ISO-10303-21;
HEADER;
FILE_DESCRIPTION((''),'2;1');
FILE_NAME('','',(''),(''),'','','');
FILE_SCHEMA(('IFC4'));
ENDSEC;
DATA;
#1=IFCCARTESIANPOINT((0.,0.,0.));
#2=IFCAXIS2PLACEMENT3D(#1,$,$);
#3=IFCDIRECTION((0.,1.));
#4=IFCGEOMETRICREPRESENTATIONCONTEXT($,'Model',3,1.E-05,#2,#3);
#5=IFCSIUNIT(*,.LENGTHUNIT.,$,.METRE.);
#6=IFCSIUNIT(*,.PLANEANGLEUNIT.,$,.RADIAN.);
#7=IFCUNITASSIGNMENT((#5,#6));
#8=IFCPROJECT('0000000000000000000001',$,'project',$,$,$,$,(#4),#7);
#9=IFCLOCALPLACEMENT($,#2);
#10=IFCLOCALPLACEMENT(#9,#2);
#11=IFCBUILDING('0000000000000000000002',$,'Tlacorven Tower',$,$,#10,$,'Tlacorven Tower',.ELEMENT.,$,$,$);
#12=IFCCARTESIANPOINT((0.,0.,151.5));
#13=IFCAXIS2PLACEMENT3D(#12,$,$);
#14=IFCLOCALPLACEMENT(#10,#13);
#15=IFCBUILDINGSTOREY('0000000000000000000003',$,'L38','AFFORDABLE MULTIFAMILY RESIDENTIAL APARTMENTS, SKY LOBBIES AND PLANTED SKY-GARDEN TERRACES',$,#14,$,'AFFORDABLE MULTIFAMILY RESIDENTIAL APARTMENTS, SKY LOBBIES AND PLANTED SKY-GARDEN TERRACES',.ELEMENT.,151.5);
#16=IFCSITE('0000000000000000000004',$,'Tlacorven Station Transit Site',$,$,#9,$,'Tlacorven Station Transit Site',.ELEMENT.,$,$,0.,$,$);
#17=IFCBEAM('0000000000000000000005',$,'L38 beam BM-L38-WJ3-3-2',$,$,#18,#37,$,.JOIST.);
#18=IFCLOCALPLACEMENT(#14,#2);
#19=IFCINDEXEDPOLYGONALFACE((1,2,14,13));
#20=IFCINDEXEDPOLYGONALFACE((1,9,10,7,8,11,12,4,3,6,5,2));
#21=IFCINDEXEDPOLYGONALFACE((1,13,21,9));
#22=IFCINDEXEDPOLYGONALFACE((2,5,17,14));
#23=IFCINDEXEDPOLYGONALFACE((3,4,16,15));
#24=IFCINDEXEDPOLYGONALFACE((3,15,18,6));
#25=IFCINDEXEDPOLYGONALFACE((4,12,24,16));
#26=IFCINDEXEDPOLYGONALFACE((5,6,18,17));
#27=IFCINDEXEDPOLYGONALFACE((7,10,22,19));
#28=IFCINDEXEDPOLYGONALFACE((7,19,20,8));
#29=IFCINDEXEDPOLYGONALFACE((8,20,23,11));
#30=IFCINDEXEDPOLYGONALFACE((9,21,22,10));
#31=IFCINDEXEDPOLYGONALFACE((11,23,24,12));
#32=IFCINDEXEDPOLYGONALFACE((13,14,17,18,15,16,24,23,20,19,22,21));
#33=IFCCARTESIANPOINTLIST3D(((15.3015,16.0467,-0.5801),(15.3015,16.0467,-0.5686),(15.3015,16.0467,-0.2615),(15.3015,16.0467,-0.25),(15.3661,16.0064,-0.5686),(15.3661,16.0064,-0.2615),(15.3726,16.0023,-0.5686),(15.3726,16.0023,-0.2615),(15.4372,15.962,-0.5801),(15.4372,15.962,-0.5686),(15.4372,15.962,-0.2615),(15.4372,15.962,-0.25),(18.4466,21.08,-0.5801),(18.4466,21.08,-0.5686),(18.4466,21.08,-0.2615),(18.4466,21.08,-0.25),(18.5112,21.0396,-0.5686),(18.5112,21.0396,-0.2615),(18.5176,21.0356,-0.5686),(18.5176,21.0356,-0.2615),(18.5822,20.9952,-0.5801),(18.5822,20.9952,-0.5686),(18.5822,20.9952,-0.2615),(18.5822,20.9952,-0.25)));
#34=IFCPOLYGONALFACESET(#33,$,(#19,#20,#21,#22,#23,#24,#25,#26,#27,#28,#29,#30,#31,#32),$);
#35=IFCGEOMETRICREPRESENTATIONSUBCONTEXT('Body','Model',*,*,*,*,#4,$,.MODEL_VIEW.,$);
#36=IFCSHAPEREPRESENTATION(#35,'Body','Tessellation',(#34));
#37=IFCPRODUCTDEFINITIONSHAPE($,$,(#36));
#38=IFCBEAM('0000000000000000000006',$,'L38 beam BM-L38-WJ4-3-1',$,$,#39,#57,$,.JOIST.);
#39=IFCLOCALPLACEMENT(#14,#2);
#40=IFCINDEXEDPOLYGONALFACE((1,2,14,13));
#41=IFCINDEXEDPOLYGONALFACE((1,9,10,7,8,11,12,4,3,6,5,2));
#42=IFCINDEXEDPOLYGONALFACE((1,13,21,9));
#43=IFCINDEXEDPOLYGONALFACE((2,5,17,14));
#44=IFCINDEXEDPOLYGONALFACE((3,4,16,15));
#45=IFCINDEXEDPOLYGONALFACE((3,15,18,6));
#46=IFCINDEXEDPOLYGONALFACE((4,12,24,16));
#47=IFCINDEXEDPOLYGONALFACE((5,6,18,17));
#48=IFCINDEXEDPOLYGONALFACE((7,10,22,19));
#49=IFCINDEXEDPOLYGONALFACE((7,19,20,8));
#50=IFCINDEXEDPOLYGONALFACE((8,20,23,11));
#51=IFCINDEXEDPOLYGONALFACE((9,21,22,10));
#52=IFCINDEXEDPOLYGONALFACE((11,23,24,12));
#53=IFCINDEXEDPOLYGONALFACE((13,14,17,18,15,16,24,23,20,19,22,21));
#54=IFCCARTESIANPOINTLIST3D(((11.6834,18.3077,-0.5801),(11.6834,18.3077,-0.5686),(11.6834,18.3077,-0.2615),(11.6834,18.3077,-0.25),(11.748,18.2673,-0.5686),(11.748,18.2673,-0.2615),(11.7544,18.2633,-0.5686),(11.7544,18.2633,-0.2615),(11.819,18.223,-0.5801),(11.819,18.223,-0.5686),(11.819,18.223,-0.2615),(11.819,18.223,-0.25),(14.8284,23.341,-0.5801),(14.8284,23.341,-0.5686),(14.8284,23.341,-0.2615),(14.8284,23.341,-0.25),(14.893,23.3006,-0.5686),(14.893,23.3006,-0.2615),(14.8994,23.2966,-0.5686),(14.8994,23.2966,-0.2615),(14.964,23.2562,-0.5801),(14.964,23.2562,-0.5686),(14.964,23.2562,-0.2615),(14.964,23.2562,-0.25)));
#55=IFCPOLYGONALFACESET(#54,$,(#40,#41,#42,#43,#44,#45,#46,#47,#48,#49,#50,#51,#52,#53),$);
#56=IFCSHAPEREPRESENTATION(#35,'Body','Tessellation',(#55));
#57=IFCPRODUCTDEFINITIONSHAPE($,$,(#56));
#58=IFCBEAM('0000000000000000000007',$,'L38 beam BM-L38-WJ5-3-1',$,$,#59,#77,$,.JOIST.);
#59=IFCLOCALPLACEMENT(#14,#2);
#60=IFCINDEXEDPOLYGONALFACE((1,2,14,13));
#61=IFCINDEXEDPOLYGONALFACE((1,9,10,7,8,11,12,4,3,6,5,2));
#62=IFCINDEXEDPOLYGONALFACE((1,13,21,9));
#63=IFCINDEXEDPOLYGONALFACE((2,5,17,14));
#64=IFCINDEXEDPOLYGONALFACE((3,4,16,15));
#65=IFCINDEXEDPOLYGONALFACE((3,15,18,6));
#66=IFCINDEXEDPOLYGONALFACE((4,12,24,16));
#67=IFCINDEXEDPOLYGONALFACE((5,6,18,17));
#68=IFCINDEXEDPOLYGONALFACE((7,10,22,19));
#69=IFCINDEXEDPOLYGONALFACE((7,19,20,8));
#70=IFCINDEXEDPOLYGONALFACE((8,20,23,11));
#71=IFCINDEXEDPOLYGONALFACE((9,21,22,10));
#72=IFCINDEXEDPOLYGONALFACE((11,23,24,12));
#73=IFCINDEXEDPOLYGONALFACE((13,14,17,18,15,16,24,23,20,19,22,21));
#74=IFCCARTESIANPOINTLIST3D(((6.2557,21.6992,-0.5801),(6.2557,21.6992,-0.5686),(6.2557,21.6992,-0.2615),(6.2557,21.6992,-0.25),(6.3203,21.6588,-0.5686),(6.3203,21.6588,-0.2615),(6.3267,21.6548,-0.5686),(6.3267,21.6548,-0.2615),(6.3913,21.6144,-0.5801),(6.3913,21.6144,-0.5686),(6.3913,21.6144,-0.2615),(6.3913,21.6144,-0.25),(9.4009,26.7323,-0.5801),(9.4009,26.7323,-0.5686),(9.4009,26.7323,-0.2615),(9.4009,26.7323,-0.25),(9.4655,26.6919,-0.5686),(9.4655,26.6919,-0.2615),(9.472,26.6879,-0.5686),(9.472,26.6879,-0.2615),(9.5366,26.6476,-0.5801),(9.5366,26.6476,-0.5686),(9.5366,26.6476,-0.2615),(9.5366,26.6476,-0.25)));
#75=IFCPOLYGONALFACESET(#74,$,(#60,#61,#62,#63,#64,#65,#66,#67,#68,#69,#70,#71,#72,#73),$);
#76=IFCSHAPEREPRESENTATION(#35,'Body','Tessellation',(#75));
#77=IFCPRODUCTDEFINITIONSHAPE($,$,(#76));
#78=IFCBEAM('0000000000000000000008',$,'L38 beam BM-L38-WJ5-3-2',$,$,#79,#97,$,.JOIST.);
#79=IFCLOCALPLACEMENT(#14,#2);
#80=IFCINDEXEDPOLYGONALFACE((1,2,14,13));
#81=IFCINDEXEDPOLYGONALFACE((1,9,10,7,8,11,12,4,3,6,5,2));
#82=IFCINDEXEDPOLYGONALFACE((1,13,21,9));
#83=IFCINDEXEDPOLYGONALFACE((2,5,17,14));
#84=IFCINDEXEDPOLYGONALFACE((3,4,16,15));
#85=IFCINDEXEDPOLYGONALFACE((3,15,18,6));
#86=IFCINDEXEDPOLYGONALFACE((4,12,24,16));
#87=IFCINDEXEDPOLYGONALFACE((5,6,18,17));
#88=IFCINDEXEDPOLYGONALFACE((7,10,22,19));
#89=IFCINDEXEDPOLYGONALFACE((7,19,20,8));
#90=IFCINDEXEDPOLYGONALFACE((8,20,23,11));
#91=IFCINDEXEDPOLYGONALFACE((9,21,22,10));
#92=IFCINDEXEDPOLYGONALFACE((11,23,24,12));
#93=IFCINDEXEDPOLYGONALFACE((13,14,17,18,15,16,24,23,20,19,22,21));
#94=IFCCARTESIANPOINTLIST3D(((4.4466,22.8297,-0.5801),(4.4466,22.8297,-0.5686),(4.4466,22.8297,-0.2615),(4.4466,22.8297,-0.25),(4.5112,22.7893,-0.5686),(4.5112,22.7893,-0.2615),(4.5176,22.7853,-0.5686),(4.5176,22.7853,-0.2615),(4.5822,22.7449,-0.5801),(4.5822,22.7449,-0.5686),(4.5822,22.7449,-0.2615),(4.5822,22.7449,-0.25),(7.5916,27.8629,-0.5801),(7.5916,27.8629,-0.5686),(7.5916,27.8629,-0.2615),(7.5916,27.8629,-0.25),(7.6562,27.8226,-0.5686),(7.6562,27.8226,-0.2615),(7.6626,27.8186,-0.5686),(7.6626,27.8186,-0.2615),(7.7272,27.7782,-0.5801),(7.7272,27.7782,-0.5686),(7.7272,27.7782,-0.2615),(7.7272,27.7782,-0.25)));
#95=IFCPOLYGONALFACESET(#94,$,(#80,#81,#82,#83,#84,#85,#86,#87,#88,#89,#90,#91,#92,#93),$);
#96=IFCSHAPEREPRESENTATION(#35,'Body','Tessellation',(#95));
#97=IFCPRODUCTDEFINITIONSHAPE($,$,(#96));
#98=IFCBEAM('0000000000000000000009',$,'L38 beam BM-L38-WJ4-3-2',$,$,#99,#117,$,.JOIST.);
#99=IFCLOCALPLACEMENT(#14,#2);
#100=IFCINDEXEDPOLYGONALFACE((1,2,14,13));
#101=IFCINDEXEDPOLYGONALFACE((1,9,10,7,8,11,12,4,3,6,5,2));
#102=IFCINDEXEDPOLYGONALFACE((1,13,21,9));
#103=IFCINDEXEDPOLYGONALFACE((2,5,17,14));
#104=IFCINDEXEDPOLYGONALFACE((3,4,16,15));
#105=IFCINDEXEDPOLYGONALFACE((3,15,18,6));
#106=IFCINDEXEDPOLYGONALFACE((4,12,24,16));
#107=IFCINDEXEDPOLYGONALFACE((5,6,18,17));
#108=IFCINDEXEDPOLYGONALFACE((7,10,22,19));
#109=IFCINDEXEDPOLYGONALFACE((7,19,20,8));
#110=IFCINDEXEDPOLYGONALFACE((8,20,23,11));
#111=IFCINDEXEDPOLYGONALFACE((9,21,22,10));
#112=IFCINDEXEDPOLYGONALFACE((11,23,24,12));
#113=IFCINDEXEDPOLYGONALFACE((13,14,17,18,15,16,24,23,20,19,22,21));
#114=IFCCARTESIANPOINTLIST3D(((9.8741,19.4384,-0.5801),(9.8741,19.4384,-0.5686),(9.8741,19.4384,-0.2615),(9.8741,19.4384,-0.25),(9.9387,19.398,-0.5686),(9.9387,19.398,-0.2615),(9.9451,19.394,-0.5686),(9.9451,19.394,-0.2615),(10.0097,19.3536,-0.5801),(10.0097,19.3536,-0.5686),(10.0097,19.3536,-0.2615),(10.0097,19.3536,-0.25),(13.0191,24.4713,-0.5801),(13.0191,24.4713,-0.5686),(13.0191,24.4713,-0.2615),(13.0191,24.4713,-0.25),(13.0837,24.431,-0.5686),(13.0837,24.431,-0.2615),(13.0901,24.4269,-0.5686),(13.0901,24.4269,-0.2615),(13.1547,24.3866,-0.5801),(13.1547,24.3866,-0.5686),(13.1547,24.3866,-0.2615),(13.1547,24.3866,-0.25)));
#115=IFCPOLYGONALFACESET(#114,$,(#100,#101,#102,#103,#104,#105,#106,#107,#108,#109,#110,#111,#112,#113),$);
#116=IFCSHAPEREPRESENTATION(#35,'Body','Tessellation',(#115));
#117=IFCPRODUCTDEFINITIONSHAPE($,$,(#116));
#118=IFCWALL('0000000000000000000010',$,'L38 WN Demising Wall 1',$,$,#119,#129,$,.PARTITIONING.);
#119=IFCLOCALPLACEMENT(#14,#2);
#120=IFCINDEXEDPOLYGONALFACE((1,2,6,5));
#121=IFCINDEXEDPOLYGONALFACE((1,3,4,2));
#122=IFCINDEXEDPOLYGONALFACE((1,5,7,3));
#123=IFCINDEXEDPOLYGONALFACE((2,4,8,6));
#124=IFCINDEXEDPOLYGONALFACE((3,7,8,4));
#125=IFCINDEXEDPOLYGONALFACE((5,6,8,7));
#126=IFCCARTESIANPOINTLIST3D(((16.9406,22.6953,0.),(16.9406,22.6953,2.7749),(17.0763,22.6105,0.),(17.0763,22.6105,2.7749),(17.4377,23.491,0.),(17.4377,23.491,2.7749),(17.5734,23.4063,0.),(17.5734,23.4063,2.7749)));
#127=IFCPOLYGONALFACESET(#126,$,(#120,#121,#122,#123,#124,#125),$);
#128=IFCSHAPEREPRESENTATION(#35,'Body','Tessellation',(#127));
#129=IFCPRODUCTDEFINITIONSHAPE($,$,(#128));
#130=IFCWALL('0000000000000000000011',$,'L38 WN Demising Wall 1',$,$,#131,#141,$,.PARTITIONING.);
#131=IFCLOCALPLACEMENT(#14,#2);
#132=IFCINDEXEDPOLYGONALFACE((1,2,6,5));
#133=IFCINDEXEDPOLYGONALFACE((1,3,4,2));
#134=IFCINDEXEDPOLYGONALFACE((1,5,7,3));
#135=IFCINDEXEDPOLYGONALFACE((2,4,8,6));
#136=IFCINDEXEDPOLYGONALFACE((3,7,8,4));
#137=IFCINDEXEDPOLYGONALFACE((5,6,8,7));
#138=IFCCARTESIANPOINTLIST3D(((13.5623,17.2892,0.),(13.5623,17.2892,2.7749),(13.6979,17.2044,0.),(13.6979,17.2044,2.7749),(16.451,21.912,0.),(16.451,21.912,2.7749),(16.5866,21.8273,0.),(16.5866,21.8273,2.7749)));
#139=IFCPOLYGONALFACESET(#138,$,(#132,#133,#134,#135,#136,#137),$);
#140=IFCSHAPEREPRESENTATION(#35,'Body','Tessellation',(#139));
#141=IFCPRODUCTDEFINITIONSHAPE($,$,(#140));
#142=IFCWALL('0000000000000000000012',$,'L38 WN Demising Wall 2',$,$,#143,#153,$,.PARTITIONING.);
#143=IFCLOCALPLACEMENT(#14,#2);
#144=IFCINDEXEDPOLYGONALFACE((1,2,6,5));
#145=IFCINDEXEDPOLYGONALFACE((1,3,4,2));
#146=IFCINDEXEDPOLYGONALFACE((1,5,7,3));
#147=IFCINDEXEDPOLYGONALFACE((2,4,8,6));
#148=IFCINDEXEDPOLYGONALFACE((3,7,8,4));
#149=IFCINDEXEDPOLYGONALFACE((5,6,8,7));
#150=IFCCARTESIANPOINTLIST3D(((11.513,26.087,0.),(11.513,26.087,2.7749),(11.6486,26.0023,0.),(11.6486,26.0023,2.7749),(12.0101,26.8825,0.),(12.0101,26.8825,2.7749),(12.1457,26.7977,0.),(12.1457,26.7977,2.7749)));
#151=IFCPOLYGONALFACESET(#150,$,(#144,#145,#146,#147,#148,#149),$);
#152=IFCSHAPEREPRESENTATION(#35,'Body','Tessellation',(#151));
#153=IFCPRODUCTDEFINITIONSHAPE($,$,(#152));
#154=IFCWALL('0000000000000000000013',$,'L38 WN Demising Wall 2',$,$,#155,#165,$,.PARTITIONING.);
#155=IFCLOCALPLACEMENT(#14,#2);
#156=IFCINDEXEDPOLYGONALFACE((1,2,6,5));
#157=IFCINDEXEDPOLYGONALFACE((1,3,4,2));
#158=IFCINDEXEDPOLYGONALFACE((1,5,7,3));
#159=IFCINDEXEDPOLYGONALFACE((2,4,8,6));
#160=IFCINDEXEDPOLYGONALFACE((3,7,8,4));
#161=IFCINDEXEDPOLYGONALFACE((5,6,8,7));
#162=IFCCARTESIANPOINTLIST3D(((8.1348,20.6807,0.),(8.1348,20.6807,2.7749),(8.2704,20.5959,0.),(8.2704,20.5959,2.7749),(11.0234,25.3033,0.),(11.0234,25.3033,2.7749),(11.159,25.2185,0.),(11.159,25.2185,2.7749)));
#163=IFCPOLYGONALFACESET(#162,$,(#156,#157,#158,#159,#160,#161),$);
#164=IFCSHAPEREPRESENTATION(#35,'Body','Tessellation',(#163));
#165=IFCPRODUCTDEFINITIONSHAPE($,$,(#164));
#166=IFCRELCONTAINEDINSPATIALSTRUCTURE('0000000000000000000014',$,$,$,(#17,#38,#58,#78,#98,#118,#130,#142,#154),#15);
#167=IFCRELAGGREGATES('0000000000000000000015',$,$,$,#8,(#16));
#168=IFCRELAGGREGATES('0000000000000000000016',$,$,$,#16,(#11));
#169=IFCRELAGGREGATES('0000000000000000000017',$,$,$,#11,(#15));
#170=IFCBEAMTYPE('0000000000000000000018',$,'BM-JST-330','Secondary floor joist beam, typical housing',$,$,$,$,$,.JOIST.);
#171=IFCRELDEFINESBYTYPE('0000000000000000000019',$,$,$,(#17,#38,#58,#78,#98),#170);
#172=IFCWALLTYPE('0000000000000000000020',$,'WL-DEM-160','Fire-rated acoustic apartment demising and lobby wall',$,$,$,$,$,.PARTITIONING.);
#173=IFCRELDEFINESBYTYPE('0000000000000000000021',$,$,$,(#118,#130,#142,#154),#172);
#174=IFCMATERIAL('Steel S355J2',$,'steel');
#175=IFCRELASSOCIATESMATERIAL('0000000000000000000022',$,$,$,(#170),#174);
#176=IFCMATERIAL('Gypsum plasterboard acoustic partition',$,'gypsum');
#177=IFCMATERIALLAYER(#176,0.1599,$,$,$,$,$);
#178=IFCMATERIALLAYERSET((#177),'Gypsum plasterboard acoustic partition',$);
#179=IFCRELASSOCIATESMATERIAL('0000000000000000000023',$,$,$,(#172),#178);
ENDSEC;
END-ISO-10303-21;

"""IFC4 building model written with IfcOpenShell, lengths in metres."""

from ifc_helpers import new_model, si_unit, direction, frame, frame_2d, origin, origin_2d, place, context, subcontext, project, spatial, rectangle, i_section, extrude, source, transform, mapped, material, layer, layer_set, material_profile, profile_set, type_object, element, save


model = new_model("IFC4")

# Units and contexts
model_context = context("Model", 3, precision=1e-05, world=origin(), true_north=direction((0.0, 1.0)))
body_context = subcontext(model_context, "Body", "Model", "MODEL_VIEW")
ifc_project = project(units=[si_unit("LENGTHUNIT", "METRE"), si_unit("PLANEANGLEUNIT", "RADIAN")], contexts=[model_context])

# Site, building, storey
site_placement = place(None, origin())
site = spatial("IfcSite", under=ifc_project, at=site_placement, Name="Tlacorven Station Transit Site", LongName="Tlacorven Station Transit Site", CompositionType="ELEMENT", RefElevation=0.0)
building_placement = place(site_placement, origin())
building = spatial("IfcBuilding", under=site, at=building_placement, Name="Tlacorven Tower", LongName="Tlacorven Tower", CompositionType="ELEMENT")
storey_placement = place(building_placement, frame((0.0, 0.0, 151.5)))
storey = spatial("IfcBuildingStorey", under=building, at=storey_placement, Name="L38", Description="AFFORDABLE MULTIFAMILY RESIDENTIAL APARTMENTS, SKY LOBBIES AND PLANTED SKY-GARDEN TERRACES", LongName="AFFORDABLE MULTIFAMILY RESIDENTIAL APARTMENTS, SKY LOBBIES AND PLANTED SKY-GARDEN TERRACES", CompositionType="ELEMENT", Elevation=151.5)

# Beams
ifc_material_1 = material(Name="Steel S355J2", Category="steel")
ifc_material_profile_1 = material_profile(ifc_material_1, i_section(OverallWidth=0.1599, OverallDepth=0.3301, WebThickness=0.0076, FlangeThickness=0.0115, at=origin_2d()), Name="IPE 330")
ifc_profile_set_1 = profile_set([ifc_material_profile_1], Name="Steel S355J2")
beam_type_1 = type_object("IfcBeamType", Name="BM-JST-330", Description="Secondary floor joist beam, typical housing", PredefinedType="JOIST", material=ifc_profile_set_1)
shared_shape_1 = source(origin(), body_context, "Body", "SweptSolid", [
    extrude(i_section(OverallWidth=0.1599, OverallDepth=0.3301, WebThickness=0.0076, FlangeThickness=0.0115, at=origin_2d()), origin(), (0.0, 0.0, 1.0), 5.9351),
])
for number, where, z_axis, x_axis, name in (
    (1, (18.5144, 21.0376, -0.415), (-0.52991, -0.848054, 0.0), (0.848054, -0.52991, 0.0), "L38 beam BM-L38-WJ3-3-2"),
    (2, (14.8962, 23.2986, -0.415), (-0.52991, -0.848054, 0.0), (0.848054, -0.52991, 0.0), "L38 beam BM-L38-WJ4-3-1"),
    (3, (9.4688, 26.6899, -0.415), (-0.52994, -0.848035, 0.0), (0.848035, -0.52994, 0.0), "L38 beam BM-L38-WJ5-3-1"),
    (4, (7.6594, 27.8206, -0.415), (-0.52991, -0.848054, 0.0), (0.848054, -0.52991, 0.0), "L38 beam BM-L38-WJ5-3-2"),
):
    element("IfcBeam", number, at=place(storey_placement, frame(where, z_axis=z_axis, x_axis=x_axis)), inside=storey, type_object=beam_type_1, Name=name, PredefinedType="JOIST", context=body_context, shape_type="MappedRepresentation", body=[
        mapped(shared_shape_1, transform((0.0, 0.0, 0.0), scale=1.0)),
    ])
shared_shape_2 = source(origin(), body_context, "Body", "SweptSolid", [
    extrude(i_section(OverallWidth=0.1599, OverallDepth=0.3301, WebThickness=0.0076, FlangeThickness=0.0115, at=origin_2d()), origin(), (0.0, 0.0, 1.0), 5.9348),
])
beam_1_placement = place(storey_placement, frame((13.0869, 24.429, -0.415), z_axis=(-0.529929, -0.848042, 0.0), x_axis=(0.848042, -0.529929, 0.0)))
element("IfcBeam", 5, at=beam_1_placement, inside=storey, type_object=beam_type_1, Name="L38 beam BM-L38-WJ4-3-2", PredefinedType="JOIST", context=body_context, shape_type="MappedRepresentation", body=[
    mapped(shared_shape_2, transform((0.0, 0.0, 0.0), scale=1.0)),
])

# Walls
ifc_material_2 = material(Name="Gypsum plasterboard acoustic partition", Category="gypsum")
ifc_layer_1 = layer(ifc_material_2, 0.1599)
ifc_layer_set_1 = layer_set([ifc_layer_1], Name="Gypsum plasterboard acoustic partition")
wall_type_1 = type_object("IfcWallType", Name="WL-DEM-160", Description="Fire-rated acoustic apartment demising and lobby wall", PredefinedType="PARTITIONING", material=ifc_layer_set_1)
wall_1_placement = place(storey_placement, frame((17.5056, 23.4487, 0.0), z_axis=(0.0, 0.0, 1.0), x_axis=(-0.529835, -0.848101, 0.0)))
element("IfcWall", 6, at=wall_1_placement, inside=storey, type_object=wall_type_1, Name="L38 WN Demising Wall 1", PredefinedType="PARTITIONING", context=body_context, shape_type="SweptSolid", body=[
    extrude(rectangle(XDim=0.9382, YDim=0.1599, at=frame_2d((0.4692, 0.0))), origin(), (0.0, 0.0, 1.0), 2.7749),
])
wall_2_placement = place(storey_placement, frame((16.5188, 21.8696, 0.0), z_axis=(0.0, 0.0, 1.0), x_axis=(-0.529922, -0.848046, 0.0)))
element("IfcWall", 7, at=wall_2_placement, inside=storey, type_object=wall_type_1, Name="L38 WN Demising Wall 1", PredefinedType="PARTITIONING", context=body_context, shape_type="SweptSolid", body=[
    extrude(rectangle(XDim=5.4512, YDim=0.1599, at=frame_2d((2.7256, 0.0))), origin(), (0.0, 0.0, 1.0), 2.7749),
])
wall_3_placement = place(storey_placement, frame((12.0779, 26.8401, 0.0), z_axis=(0.0, 0.0, 1.0), x_axis=(-0.529952, -0.848028, 0.0)))
element("IfcWall", 8, at=wall_3_placement, inside=storey, type_object=wall_type_1, Name="L38 WN Demising Wall 2", PredefinedType="PARTITIONING", context=body_context, shape_type="SweptSolid", body=[
    extrude(rectangle(XDim=0.938, YDim=0.1599, at=frame_2d((0.469, 0.0))), origin(), (0.0, 0.0, 1.0), 2.7749),
])
wall_4_placement = place(storey_placement, frame((11.0913, 25.261, 0.0), z_axis=(0.0, 0.0, 1.0), x_axis=(-0.529943, -0.848034, 0.0)))
element("IfcWall", 9, at=wall_4_placement, inside=storey, type_object=wall_type_1, Name="L38 WN Demising Wall 2", PredefinedType="PARTITIONING", context=body_context, shape_type="SweptSolid", body=[
    extrude(rectangle(XDim=5.4509, YDim=0.1599, at=frame_2d((2.7256, 0.0))), origin(), (0.0, 0.0, 1.0), 2.7749),
])

save(model, "model.ifc")
